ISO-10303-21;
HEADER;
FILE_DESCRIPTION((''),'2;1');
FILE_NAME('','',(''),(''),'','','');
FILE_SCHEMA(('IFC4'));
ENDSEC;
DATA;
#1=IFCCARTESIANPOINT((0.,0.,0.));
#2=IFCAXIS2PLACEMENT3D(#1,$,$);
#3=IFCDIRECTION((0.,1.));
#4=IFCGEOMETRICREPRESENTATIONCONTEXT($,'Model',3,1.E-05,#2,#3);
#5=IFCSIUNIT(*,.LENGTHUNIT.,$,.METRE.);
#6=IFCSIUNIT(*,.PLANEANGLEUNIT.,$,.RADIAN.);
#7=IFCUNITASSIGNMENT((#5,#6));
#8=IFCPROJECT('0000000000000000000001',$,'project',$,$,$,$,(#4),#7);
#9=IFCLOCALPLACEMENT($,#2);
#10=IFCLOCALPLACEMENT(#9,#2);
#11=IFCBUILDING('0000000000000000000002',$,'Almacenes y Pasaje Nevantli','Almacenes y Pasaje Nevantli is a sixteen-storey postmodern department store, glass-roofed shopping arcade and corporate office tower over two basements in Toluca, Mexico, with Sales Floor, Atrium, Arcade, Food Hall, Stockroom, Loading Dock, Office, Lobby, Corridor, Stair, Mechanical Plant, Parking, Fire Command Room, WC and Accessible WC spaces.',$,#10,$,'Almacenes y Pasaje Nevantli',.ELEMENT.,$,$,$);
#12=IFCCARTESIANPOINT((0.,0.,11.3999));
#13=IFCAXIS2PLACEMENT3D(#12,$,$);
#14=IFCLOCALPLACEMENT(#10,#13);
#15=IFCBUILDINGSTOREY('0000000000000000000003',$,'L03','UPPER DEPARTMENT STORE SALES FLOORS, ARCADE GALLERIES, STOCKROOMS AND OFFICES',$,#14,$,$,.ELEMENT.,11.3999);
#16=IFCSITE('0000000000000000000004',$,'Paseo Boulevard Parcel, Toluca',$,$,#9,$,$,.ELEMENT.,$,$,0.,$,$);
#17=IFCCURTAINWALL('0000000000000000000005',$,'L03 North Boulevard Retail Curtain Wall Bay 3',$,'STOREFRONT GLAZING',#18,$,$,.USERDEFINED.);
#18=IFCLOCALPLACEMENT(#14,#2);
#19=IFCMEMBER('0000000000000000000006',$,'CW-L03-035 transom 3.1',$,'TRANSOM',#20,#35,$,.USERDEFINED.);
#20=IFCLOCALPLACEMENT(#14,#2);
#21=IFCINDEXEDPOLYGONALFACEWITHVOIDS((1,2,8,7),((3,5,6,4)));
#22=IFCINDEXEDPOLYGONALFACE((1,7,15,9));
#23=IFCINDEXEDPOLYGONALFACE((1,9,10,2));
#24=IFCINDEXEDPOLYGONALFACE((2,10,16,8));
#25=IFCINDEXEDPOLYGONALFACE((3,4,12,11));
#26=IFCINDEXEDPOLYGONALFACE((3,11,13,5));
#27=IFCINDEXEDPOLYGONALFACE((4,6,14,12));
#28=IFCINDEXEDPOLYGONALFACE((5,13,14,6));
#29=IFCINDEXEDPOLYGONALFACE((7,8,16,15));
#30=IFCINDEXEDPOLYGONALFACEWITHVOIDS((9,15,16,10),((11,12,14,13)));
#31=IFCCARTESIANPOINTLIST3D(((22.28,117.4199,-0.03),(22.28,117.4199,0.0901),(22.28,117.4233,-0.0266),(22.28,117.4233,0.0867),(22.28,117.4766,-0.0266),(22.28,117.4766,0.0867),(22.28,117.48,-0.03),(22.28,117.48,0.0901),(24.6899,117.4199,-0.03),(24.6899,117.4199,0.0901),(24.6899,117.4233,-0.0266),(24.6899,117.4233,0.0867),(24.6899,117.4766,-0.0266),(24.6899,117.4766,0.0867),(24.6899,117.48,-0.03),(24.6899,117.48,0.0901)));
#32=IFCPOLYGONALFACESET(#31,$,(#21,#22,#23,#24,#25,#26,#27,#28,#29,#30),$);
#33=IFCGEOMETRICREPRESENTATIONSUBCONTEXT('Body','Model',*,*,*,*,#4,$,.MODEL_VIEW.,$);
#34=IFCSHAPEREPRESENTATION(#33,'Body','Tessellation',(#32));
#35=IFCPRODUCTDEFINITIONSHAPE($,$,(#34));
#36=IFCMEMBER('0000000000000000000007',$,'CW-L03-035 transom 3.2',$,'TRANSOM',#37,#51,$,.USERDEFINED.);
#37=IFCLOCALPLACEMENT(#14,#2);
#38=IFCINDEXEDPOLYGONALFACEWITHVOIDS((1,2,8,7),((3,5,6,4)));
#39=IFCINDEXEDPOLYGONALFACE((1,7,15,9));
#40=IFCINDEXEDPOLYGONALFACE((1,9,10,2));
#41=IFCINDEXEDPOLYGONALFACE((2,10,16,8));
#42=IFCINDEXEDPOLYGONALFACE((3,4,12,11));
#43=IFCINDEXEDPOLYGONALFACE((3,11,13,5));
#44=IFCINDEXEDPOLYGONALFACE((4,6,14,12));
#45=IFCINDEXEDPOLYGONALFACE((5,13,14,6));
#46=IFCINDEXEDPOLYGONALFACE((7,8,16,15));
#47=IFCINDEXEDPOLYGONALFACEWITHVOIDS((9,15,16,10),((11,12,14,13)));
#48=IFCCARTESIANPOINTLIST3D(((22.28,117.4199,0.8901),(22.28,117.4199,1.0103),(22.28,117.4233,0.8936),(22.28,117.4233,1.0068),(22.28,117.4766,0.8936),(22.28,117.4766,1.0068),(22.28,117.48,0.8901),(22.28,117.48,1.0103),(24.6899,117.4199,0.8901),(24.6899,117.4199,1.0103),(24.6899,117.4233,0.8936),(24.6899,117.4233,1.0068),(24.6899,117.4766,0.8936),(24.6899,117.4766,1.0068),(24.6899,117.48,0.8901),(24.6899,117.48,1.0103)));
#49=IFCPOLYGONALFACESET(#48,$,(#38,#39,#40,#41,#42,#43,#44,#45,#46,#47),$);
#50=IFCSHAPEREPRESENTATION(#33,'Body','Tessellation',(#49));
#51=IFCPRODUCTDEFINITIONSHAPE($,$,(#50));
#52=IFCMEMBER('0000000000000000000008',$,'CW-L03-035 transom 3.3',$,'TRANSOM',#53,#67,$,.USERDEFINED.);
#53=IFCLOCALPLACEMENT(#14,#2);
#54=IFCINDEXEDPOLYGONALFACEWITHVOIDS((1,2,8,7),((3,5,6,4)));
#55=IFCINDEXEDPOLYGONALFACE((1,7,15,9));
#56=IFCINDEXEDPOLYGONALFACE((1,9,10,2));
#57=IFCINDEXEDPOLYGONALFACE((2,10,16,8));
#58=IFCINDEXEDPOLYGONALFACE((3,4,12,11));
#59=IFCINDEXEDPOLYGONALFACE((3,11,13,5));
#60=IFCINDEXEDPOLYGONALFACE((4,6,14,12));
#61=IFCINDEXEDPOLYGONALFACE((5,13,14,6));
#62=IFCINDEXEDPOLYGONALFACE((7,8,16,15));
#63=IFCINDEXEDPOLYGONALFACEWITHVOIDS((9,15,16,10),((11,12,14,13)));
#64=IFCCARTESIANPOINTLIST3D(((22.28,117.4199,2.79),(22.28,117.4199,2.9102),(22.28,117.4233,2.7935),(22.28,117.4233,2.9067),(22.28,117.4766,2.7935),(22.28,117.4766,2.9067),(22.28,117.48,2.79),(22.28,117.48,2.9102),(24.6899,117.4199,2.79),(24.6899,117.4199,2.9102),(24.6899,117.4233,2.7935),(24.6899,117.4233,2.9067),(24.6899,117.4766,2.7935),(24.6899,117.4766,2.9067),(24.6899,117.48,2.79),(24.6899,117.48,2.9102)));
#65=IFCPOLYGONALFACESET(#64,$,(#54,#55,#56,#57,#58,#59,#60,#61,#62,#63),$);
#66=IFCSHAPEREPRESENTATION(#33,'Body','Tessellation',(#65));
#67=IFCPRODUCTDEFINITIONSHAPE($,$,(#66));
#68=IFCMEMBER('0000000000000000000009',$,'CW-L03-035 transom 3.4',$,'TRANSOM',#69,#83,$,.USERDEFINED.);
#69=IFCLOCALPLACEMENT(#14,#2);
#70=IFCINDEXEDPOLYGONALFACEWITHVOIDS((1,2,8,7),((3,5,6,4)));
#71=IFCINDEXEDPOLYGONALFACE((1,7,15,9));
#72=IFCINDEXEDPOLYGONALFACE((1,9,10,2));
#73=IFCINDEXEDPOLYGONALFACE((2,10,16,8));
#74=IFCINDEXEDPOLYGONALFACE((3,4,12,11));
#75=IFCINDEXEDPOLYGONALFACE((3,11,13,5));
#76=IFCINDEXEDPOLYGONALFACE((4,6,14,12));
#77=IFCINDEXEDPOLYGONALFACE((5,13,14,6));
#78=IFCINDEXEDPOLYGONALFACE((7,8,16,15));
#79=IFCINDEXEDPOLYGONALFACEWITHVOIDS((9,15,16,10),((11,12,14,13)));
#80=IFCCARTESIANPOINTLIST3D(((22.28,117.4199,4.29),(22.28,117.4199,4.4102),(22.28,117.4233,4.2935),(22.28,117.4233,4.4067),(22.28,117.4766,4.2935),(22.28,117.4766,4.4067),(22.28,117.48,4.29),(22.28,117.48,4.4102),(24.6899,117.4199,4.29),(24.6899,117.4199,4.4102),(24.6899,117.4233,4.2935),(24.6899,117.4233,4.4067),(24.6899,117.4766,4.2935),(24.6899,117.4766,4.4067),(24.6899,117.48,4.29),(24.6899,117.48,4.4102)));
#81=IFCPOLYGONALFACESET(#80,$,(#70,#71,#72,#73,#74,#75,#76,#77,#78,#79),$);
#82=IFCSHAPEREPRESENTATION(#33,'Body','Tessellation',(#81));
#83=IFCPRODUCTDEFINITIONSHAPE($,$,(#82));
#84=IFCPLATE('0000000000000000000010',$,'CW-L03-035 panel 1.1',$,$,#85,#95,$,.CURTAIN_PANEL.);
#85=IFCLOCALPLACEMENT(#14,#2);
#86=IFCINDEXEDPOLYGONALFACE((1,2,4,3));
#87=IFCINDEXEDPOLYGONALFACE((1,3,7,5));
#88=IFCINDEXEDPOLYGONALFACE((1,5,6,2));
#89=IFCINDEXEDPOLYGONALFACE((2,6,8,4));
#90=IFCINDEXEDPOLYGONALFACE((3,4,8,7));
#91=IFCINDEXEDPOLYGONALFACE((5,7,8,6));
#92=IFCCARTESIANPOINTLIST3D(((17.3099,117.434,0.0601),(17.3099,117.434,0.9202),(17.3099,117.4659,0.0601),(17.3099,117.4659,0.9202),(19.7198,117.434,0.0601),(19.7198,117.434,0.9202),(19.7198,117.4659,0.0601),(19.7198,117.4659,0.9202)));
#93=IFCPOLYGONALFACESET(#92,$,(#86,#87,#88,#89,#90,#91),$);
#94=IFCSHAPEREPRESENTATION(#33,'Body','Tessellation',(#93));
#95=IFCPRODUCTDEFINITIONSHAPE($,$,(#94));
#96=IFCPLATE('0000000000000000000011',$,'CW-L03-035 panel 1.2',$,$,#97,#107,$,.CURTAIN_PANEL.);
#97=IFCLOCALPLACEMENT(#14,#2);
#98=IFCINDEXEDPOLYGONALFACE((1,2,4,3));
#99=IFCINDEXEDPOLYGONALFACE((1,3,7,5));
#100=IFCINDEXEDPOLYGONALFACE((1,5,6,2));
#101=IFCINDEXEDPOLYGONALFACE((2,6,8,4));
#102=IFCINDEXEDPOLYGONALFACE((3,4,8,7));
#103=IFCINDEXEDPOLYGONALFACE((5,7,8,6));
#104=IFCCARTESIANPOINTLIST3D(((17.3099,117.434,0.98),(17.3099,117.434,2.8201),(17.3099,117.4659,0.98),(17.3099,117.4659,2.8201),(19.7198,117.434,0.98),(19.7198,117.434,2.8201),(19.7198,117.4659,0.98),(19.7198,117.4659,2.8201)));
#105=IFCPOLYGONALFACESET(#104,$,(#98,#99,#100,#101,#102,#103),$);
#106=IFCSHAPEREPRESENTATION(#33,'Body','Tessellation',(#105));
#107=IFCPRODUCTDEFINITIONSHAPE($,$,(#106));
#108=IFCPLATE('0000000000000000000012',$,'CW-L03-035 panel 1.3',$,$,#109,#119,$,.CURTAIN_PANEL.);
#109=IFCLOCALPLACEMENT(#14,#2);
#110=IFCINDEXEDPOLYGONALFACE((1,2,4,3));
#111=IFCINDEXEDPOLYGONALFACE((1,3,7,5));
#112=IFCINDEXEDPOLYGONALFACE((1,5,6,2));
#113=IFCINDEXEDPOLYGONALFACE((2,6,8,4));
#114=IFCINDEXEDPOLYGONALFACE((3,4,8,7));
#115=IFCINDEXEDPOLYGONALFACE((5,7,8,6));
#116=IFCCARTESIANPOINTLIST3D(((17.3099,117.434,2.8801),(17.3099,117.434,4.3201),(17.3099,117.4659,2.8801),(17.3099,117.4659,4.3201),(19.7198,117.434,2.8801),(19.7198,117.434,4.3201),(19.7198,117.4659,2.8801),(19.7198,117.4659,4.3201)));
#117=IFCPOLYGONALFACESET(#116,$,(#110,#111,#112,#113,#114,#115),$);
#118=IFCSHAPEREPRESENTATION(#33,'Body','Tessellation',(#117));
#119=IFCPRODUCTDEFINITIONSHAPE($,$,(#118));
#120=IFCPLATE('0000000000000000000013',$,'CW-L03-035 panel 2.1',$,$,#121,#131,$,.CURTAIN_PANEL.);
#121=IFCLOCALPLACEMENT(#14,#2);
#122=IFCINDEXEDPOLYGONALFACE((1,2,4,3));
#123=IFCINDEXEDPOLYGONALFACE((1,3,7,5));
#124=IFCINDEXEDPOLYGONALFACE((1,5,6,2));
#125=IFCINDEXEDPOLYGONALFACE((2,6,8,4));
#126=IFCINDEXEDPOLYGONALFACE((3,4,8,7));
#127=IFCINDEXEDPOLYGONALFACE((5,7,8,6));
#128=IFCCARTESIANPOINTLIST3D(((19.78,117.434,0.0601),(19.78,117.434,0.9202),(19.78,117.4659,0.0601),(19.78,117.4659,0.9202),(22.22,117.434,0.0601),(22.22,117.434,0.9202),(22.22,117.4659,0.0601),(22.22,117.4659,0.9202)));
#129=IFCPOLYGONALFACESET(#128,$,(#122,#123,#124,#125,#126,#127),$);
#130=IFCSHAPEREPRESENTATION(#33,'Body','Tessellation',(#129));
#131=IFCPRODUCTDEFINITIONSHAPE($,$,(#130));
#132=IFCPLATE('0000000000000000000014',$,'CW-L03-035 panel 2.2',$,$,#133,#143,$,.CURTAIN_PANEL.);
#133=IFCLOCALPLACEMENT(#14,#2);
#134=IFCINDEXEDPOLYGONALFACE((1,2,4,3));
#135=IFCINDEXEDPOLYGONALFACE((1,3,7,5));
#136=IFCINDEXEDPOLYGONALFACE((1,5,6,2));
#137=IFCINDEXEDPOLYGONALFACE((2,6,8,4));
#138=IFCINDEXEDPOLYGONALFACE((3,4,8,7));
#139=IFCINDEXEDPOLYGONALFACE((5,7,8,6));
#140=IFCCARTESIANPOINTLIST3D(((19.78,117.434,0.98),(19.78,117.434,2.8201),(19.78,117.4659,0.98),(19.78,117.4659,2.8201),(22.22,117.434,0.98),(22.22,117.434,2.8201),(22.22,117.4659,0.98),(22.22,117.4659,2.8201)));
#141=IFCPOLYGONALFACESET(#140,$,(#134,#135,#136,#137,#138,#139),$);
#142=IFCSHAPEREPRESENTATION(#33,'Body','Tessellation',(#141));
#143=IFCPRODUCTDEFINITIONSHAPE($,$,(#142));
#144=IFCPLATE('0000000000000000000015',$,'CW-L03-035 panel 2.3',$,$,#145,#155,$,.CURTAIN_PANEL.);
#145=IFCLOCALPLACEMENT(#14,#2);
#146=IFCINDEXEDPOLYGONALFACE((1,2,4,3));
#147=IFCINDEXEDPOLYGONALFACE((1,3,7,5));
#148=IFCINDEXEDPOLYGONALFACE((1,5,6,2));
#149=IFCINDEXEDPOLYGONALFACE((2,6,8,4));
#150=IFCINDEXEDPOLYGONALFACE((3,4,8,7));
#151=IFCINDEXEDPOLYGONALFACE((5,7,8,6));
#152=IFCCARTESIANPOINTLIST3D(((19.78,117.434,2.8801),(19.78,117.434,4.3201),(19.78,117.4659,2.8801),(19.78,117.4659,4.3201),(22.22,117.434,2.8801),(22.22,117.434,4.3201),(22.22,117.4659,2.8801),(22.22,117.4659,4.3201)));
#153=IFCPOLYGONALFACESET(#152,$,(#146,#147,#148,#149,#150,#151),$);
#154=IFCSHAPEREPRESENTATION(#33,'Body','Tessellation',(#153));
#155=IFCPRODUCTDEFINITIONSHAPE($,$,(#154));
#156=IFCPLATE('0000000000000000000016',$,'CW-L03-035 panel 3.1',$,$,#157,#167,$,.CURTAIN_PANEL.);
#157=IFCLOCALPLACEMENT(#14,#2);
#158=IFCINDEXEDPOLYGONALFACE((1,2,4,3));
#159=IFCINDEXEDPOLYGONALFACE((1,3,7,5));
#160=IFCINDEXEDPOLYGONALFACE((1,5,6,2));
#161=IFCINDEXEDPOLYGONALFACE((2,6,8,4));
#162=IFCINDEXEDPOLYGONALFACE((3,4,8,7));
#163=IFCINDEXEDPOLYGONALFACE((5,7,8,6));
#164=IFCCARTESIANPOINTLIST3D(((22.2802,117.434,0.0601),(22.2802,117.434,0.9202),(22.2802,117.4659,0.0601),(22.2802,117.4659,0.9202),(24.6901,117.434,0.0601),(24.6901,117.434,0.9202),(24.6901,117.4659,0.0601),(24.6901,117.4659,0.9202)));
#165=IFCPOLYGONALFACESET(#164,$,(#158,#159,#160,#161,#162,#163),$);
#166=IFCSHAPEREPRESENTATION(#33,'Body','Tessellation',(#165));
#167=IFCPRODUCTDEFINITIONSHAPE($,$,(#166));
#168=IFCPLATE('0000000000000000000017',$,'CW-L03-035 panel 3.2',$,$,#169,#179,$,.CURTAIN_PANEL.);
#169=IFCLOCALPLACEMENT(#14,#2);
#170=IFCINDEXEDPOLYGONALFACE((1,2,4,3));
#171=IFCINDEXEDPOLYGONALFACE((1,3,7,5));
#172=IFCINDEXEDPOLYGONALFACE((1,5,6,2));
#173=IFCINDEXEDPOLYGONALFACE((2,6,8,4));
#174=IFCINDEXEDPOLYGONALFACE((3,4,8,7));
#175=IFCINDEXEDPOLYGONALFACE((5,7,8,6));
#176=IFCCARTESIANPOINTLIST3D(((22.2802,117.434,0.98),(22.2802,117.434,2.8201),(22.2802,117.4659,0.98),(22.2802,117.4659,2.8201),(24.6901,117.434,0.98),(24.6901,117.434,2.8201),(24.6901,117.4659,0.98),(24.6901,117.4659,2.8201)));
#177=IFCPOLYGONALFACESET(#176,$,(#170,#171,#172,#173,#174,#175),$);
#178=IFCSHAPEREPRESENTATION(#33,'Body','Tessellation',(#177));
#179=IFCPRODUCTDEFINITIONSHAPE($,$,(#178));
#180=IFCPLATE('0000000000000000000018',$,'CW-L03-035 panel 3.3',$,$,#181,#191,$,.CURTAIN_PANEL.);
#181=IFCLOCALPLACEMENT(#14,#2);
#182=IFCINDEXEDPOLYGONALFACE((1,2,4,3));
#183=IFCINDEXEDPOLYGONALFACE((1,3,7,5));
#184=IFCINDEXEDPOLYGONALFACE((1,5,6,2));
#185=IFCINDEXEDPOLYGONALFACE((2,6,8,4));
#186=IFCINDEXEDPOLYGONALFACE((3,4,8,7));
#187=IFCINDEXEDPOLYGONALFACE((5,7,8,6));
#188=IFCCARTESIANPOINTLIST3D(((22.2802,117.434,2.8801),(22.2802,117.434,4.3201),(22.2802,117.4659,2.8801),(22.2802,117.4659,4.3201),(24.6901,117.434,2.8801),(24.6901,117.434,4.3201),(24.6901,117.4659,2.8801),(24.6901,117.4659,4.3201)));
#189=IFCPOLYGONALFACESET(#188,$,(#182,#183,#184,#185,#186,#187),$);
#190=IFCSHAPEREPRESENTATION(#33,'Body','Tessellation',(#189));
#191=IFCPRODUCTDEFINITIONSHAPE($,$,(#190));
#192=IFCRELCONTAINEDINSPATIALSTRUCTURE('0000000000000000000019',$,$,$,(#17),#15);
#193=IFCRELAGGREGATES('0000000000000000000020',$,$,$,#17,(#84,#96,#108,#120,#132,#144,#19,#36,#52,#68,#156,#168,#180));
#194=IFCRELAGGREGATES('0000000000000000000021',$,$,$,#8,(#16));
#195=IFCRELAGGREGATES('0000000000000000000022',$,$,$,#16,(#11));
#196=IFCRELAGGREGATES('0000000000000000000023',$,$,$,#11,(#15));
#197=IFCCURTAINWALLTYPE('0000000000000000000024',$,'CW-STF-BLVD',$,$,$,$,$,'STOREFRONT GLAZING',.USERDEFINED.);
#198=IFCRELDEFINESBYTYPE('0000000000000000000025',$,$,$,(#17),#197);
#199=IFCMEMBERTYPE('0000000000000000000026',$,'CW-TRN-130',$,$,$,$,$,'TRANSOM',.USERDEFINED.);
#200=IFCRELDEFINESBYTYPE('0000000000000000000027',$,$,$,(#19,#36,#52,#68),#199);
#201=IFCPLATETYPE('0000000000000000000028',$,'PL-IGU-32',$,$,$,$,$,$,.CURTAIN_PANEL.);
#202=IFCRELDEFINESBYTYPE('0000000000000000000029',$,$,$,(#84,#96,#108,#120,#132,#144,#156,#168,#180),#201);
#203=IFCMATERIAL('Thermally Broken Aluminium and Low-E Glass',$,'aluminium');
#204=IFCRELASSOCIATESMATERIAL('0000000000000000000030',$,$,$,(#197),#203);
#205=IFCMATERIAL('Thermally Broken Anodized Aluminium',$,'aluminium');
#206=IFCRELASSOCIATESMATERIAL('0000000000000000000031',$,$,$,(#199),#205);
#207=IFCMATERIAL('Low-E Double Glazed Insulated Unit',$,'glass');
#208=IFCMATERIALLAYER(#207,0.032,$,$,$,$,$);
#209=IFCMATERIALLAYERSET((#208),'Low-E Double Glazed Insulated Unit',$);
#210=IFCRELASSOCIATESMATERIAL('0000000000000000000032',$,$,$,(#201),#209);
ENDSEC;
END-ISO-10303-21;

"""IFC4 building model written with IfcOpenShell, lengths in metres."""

from ifc_helpers import new_model, si_unit, direction, frame, origin, origin_2d, place, context, subcontext, project, spatial, rectangle, hollow_rectangle, extrude, material, layer, layer_set, material_profile, profile_set, type_object, element, aggregate, save


model = new_model("IFC4")

# Units and contexts
model_context = context("Model", 3, precision=1e-05, world=origin(), true_north=direction((0.0, 1.0)))
body_context = subcontext(model_context, "Body", "Model", "MODEL_VIEW")
ifc_project = project(units=[si_unit("LENGTHUNIT", "METRE"), si_unit("PLANEANGLEUNIT", "RADIAN")], contexts=[model_context])

# Site, building, storey
site_placement = place(None, origin())
site = spatial("IfcSite", under=ifc_project, at=site_placement, Name="Paseo Boulevard Parcel, Toluca", CompositionType="ELEMENT", RefElevation=0.0)
building_placement = place(site_placement, origin())
building = spatial("IfcBuilding", under=site, at=building_placement, Name="Almacenes y Pasaje Nevantli", Description="Almacenes y Pasaje Nevantli is a sixteen-storey postmodern department store, glass-roofed shopping arcade and corporate office tower over two basements in Toluca, Mexico, with Sales Floor, Atrium, Arcade, Food Hall, Stockroom, Loading Dock, Office, Lobby, Corridor, Stair, Mechanical Plant, Parking, Fire Command Room, WC and Accessible WC spaces.", LongName="Almacenes y Pasaje Nevantli", CompositionType="ELEMENT")
storey_placement = place(building_placement, frame((0.0, 0.0, 11.3999)))
storey = spatial("IfcBuildingStorey", under=building, at=storey_placement, Name="L03", Description="UPPER DEPARTMENT STORE SALES FLOORS, ARCADE GALLERIES, STOCKROOMS AND OFFICES", CompositionType="ELEMENT", Elevation=11.3999)

# Shared definitions
ifc_material_1 = material(Name="Thermally Broken Aluminium and Low-E Glass", Category="aluminium")
curtain_wall_type = type_object("IfcCurtainWallType", Name="CW-STF-BLVD", ElementType="STOREFRONT GLAZING", PredefinedType="USERDEFINED", material=ifc_material_1)

# Curtain wall, members, plates
curtain_wall_1_placement = place(storey_placement, origin())
curtain_wall_1 = element("IfcCurtainWall", 1, at=curtain_wall_1_placement, inside=storey, type_object=curtain_wall_type, Name="L03 North Boulevard Retail Curtain Wall Bay 3", ObjectType="STOREFRONT GLAZING", PredefinedType="USERDEFINED")
ifc_material_2 = material(Name="Thermally Broken Anodized Aluminium", Category="aluminium")
ifc_material_profile_1 = material_profile(ifc_material_2, hollow_rectangle(XDim=0.0601, YDim=0.1201, WallThickness=0.0034, at=origin_2d()), Name="ALU-TRN-60x120")
ifc_profile_set_1 = profile_set([ifc_material_profile_1], Name="Thermally Broken Anodized Aluminium")
member_type_1 = type_object("IfcMemberType", Name="CW-TRN-130", ElementType="TRANSOM", PredefinedType="USERDEFINED", material=ifc_profile_set_1)
member_1_placement = place(storey_placement, frame((22.28, 117.45, 0.03), z_axis=(1.0, 0.0, 0.0), x_axis=(0.0, 1.0, 0.0)))
member_1 = element("IfcMember", 2, at=member_1_placement, type_object=member_type_1, Name="CW-L03-035 transom 3.1", ObjectType="TRANSOM", PredefinedType="USERDEFINED", context=body_context, shape_type="SweptSolid", body=[
    extrude(hollow_rectangle(XDim=0.0601, YDim=0.1201, WallThickness=0.0034, at=origin_2d()), origin(), (0.0, 0.0, 1.0), 2.4099),
])
member_2_placement = place(storey_placement, frame((22.28, 117.45, 0.9502), z_axis=(1.0, 0.0, 0.0), x_axis=(0.0, 1.0, 0.0)))
member_2 = element("IfcMember", 3, at=member_2_placement, type_object=member_type_1, Name="CW-L03-035 transom 3.2", ObjectType="TRANSOM", PredefinedType="USERDEFINED", context=body_context, shape_type="SweptSolid", body=[
    extrude(hollow_rectangle(XDim=0.0601, YDim=0.1201, WallThickness=0.0034, at=origin_2d()), origin(), (0.0, 0.0, 1.0), 2.4099),
])
member_3_placement = place(storey_placement, frame((22.28, 117.45, 2.8501), z_axis=(1.0, 0.0, 0.0), x_axis=(0.0, 1.0, 0.0)))
member_3 = element("IfcMember", 4, at=member_3_placement, type_object=member_type_1, Name="CW-L03-035 transom 3.3", ObjectType="TRANSOM", PredefinedType="USERDEFINED", context=body_context, shape_type="SweptSolid", body=[
    extrude(hollow_rectangle(XDim=0.0601, YDim=0.1201, WallThickness=0.0034, at=origin_2d()), origin(), (0.0, 0.0, 1.0), 2.4099),
])
member_4_placement = place(storey_placement, frame((22.28, 117.45, 4.3501), z_axis=(1.0, 0.0, 0.0), x_axis=(0.0, 1.0, 0.0)))
member_4 = element("IfcMember", 5, at=member_4_placement, type_object=member_type_1, Name="CW-L03-035 transom 3.4", ObjectType="TRANSOM", PredefinedType="USERDEFINED", context=body_context, shape_type="SweptSolid", body=[
    extrude(hollow_rectangle(XDim=0.0601, YDim=0.1201, WallThickness=0.0034, at=origin_2d()), origin(), (0.0, 0.0, 1.0), 2.4099),
])
ifc_material_3 = material(Name="Low-E Double Glazed Insulated Unit", Category="glass")
ifc_layer_1 = layer(ifc_material_3, 0.032)
ifc_layer_set_1 = layer_set([ifc_layer_1], Name="Low-E Double Glazed Insulated Unit")
plate_type = type_object("IfcPlateType", Name="PL-IGU-32", PredefinedType="CURTAIN_PANEL", material=ifc_layer_set_1)
plate_1_placement = place(storey_placement, frame((18.5149, 117.45, 0.0601), z_axis=(0.0, 0.0, 1.0), x_axis=(1.0, 0.0, 0.0)))
plate_1 = element("IfcPlate", 6, at=plate_1_placement, type_object=plate_type, Name="CW-L03-035 panel 1.1", PredefinedType="CURTAIN_PANEL", context=body_context, shape_type="SweptSolid", body=[
    extrude(rectangle(XDim=2.4099, YDim=0.032, at=origin_2d()), origin(), (0.0, 0.0, 1.0), 0.8601),
])
plate_2_placement = place(storey_placement, frame((18.5149, 117.45, 0.98), z_axis=(0.0, 0.0, 1.0), x_axis=(1.0, 0.0, 0.0)))
plate_2 = element("IfcPlate", 7, at=plate_2_placement, type_object=plate_type, Name="CW-L03-035 panel 1.2", PredefinedType="CURTAIN_PANEL", context=body_context, shape_type="SweptSolid", body=[
    extrude(rectangle(XDim=2.4099, YDim=0.032, at=origin_2d()), origin(), (0.0, 0.0, 1.0), 1.8401),
])
plate_3_placement = place(storey_placement, frame((18.5149, 117.45, 2.8801), z_axis=(0.0, 0.0, 1.0), x_axis=(1.0, 0.0, 0.0)))
plate_3 = element("IfcPlate", 8, at=plate_3_placement, type_object=plate_type, Name="CW-L03-035 panel 1.3", PredefinedType="CURTAIN_PANEL", context=body_context, shape_type="SweptSolid", body=[
    extrude(rectangle(XDim=2.4099, YDim=0.032, at=origin_2d()), origin(), (0.0, 0.0, 1.0), 1.4399),
])
plate_4_placement = place(storey_placement, frame((21.0, 117.45, 0.0601), z_axis=(0.0, 0.0, 1.0), x_axis=(1.0, 0.0, 0.0)))
plate_4 = element("IfcPlate", 9, at=plate_4_placement, type_object=plate_type, Name="CW-L03-035 panel 2.1", PredefinedType="CURTAIN_PANEL", context=body_context, shape_type="SweptSolid", body=[
    extrude(rectangle(XDim=2.4399, YDim=0.032, at=origin_2d()), origin(), (0.0, 0.0, 1.0), 0.8601),
])
plate_5_placement = place(storey_placement, frame((21.0, 117.45, 0.98), z_axis=(0.0, 0.0, 1.0), x_axis=(1.0, 0.0, 0.0)))
plate_5 = element("IfcPlate", 10, at=plate_5_placement, type_object=plate_type, Name="CW-L03-035 panel 2.2", PredefinedType="CURTAIN_PANEL", context=body_context, shape_type="SweptSolid", body=[
    extrude(rectangle(XDim=2.4399, YDim=0.032, at=origin_2d()), origin(), (0.0, 0.0, 1.0), 1.8401),
])
plate_6_placement = place(storey_placement, frame((21.0, 117.45, 2.8801), z_axis=(0.0, 0.0, 1.0), x_axis=(1.0, 0.0, 0.0)))
plate_6 = element("IfcPlate", 11, at=plate_6_placement, type_object=plate_type, Name="CW-L03-035 panel 2.3", PredefinedType="CURTAIN_PANEL", context=body_context, shape_type="SweptSolid", body=[
    extrude(rectangle(XDim=2.4399, YDim=0.032, at=origin_2d()), origin(), (0.0, 0.0, 1.0), 1.4399),
])
plate_7_placement = place(storey_placement, frame((23.4851, 117.45, 0.0601), z_axis=(0.0, 0.0, 1.0), x_axis=(1.0, 0.0, 0.0)))
plate_7 = element("IfcPlate", 12, at=plate_7_placement, type_object=plate_type, Name="CW-L03-035 panel 3.1", PredefinedType="CURTAIN_PANEL", context=body_context, shape_type="SweptSolid", body=[
    extrude(rectangle(XDim=2.4099, YDim=0.032, at=origin_2d()), origin(), (0.0, 0.0, 1.0), 0.8601),
])
plate_8_placement = place(storey_placement, frame((23.4851, 117.45, 0.98), z_axis=(0.0, 0.0, 1.0), x_axis=(1.0, 0.0, 0.0)))
plate_8 = element("IfcPlate", 13, at=plate_8_placement, type_object=plate_type, Name="CW-L03-035 panel 3.2", PredefinedType="CURTAIN_PANEL", context=body_context, shape_type="SweptSolid", body=[
    extrude(rectangle(XDim=2.4099, YDim=0.032, at=origin_2d()), origin(), (0.0, 0.0, 1.0), 1.8401),
])
plate_9_placement = place(storey_placement, frame((23.4851, 117.45, 2.8801), z_axis=(0.0, 0.0, 1.0), x_axis=(1.0, 0.0, 0.0)))
plate_9 = element("IfcPlate", 14, at=plate_9_placement, type_object=plate_type, Name="CW-L03-035 panel 3.3", PredefinedType="CURTAIN_PANEL", context=body_context, shape_type="SweptSolid", body=[
    extrude(rectangle(XDim=2.4099, YDim=0.032, at=origin_2d()), origin(), (0.0, 0.0, 1.0), 1.4399),
])
aggregate(curtain_wall_1, [plate_1, plate_2, plate_3, plate_4, plate_5, plate_6, member_1, member_2, member_3, member_4, plate_7, plate_8, plate_9])

save(model, "model.ifc")
